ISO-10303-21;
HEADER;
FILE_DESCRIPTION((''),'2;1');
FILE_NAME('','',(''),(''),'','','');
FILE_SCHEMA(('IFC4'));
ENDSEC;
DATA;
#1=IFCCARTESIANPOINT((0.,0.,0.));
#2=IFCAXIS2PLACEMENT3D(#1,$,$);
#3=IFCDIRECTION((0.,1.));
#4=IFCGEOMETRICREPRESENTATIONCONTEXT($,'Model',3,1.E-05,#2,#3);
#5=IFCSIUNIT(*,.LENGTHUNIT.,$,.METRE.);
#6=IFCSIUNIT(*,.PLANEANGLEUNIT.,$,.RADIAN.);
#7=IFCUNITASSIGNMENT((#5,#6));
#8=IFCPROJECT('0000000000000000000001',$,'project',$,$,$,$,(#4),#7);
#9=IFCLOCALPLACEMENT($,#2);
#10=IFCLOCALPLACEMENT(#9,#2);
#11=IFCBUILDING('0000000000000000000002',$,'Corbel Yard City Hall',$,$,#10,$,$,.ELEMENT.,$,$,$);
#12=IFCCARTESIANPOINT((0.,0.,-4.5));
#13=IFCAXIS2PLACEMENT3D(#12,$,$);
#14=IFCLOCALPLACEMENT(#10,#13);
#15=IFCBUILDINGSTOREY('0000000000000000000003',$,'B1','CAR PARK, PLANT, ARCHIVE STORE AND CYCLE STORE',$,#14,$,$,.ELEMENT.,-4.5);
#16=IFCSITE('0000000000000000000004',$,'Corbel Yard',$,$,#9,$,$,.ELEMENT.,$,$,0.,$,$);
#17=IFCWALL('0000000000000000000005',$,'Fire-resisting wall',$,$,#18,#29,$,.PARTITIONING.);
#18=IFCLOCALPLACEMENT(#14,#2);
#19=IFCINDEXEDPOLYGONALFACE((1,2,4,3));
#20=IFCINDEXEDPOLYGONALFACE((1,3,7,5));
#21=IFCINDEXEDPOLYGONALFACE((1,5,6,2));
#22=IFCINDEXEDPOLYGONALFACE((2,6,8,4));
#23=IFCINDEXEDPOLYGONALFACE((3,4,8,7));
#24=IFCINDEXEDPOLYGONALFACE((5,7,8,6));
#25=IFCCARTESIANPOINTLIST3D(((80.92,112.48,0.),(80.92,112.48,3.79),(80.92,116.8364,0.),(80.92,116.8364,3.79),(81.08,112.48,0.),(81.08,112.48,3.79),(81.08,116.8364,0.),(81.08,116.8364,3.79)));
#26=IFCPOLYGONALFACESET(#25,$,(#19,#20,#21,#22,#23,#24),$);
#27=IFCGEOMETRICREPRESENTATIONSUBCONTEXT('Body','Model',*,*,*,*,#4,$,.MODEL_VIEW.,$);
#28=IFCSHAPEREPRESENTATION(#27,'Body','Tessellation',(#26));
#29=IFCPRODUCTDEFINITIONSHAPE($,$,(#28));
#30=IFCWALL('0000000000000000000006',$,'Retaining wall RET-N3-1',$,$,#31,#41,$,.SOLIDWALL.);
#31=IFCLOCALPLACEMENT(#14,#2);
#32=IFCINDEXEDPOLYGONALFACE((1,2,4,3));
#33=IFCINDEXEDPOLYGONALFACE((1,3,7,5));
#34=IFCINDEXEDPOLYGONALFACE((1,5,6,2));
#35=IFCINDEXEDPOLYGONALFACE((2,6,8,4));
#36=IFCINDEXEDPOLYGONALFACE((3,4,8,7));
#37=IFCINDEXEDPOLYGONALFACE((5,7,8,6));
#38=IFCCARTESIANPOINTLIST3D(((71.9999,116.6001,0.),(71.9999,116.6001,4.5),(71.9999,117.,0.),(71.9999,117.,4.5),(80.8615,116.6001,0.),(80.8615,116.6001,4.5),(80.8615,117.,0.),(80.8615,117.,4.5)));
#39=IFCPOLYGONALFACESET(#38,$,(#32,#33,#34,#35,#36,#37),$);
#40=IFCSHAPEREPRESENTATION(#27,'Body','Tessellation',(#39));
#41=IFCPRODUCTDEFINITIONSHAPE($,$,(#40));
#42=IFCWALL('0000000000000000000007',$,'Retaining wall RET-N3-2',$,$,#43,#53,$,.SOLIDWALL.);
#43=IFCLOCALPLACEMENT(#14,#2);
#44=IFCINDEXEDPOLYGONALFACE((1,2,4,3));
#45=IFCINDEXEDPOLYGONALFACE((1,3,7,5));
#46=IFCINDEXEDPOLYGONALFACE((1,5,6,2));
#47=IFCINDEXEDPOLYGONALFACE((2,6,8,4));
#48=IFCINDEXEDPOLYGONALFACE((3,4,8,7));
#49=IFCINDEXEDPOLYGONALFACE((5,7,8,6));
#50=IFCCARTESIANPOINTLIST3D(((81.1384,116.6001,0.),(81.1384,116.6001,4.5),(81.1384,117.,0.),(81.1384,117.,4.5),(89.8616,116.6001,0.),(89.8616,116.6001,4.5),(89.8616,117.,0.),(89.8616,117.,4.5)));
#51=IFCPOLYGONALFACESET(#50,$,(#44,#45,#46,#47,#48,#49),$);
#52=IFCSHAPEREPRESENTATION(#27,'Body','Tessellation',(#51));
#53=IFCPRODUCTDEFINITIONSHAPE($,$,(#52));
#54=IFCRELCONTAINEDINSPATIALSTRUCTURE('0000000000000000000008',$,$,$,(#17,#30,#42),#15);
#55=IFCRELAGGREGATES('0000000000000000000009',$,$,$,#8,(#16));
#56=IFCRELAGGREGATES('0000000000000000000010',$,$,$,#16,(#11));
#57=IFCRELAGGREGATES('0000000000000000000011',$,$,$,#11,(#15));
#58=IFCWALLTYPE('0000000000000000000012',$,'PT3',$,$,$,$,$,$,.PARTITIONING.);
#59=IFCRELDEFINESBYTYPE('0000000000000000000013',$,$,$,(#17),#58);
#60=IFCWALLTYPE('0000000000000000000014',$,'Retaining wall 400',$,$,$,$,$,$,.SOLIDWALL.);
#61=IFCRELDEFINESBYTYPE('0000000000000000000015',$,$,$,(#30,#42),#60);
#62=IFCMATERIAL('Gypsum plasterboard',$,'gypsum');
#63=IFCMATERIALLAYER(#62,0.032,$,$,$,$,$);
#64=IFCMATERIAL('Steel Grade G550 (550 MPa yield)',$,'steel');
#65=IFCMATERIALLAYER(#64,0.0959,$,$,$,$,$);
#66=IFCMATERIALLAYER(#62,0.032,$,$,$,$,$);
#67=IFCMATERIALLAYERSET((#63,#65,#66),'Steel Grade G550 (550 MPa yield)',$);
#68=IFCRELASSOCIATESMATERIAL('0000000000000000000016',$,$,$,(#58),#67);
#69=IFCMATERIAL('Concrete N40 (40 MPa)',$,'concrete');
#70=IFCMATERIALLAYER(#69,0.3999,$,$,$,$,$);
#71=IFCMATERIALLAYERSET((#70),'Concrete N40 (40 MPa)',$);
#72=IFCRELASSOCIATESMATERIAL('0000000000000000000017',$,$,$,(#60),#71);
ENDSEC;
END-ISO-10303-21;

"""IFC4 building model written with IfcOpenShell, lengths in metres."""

from ifc_helpers import new_model, si_unit, direction, frame, frame_2d, origin, place, context, subcontext, project, spatial, rectangle, extrude, material, layer, layer_set, type_object, element, save


model = new_model("IFC4")

# Units and contexts
model_context = context("Model", 3, precision=1e-05, world=origin(), true_north=direction((0.0, 1.0)))
body_context = subcontext(model_context, "Body", "Model", "MODEL_VIEW")
ifc_project = project(units=[si_unit("LENGTHUNIT", "METRE"), si_unit("PLANEANGLEUNIT", "RADIAN")], contexts=[model_context])

# Site, building, storey
site_placement = place(None, origin())
site = spatial("IfcSite", under=ifc_project, at=site_placement, Name="Corbel Yard", CompositionType="ELEMENT", RefElevation=0.0)
building_placement = place(site_placement, origin())
building = spatial("IfcBuilding", under=site, at=building_placement, Name="Corbel Yard City Hall", CompositionType="ELEMENT")
storey_placement = place(building_placement, frame((0.0, 0.0, -4.5)))
storey = spatial("IfcBuildingStorey", under=building, at=storey_placement, Name="B1", Description="CAR PARK, PLANT, ARCHIVE STORE AND CYCLE STORE", CompositionType="ELEMENT", Elevation=-4.5)

# Shared definitions
ifc_material_1 = material(Name="Concrete N40 (40 MPa)", Category="concrete")

# Shared definitions
ifc_material_2 = material(Name="Gypsum plasterboard", Category="gypsum")
ifc_material_3 = material(Name="Steel Grade G550 (550 MPa yield)", Category="steel")

# Shared definitions
ifc_layer_1 = layer(ifc_material_2, 0.032)
ifc_layer_2 = layer(ifc_material_3, 0.0959)
ifc_layer_3 = layer(ifc_material_2, 0.032)
ifc_layer_set_1 = layer_set([ifc_layer_1, ifc_layer_2, ifc_layer_3], Name="Steel Grade G550 (550 MPa yield)")
wall_type_1 = type_object("IfcWallType", Name="PT3", PredefinedType="PARTITIONING", material=ifc_layer_set_1)

# Walls
wall_1_placement = place(storey_placement, frame((81.0, 112.48, 0.0), z_axis=(0.0, 0.0, 1.0), x_axis=(0.0, 1.0, 0.0)))
element("IfcWall", 1, at=wall_1_placement, inside=storey, type_object=wall_type_1, Name="Fire-resisting wall", PredefinedType="PARTITIONING", context=body_context, shape_type="SweptSolid", body=[
    extrude(rectangle(XDim=4.3564, YDim=0.1599, at=frame_2d((2.1782, 0.0))), origin(), (0.0, 0.0, 1.0), 3.79),
])
ifc_layer_4 = layer(ifc_material_1, 0.3999)
ifc_layer_set_2 = layer_set([ifc_layer_4], Name="Concrete N40 (40 MPa)")
wall_type_2 = type_object("IfcWallType", Name="Retaining wall 400", PredefinedType="SOLIDWALL", material=ifc_layer_set_2)
wall_2_placement = place(storey_placement, frame((72.0, 116.8, 0.0), z_axis=(0.0, 0.0, 1.0), x_axis=(1.0, 0.0, 0.0)))
element("IfcWall", 2, at=wall_2_placement, inside=storey, type_object=wall_type_2, Name="Retaining wall RET-N3-1", PredefinedType="SOLIDWALL", context=body_context, shape_type="SweptSolid", body=[
    extrude(rectangle(XDim=8.8616, YDim=0.3999, at=frame_2d((4.4307, 0.0))), origin(), (0.0, 0.0, 1.0), 4.5),
])
wall_3_placement = place(storey_placement, frame((81.1384, 116.8, 0.0), z_axis=(0.0, 0.0, 1.0), x_axis=(1.0, 0.0, 0.0)))
element("IfcWall", 3, at=wall_3_placement, inside=storey, type_object=wall_type_2, Name="Retaining wall RET-N3-2", PredefinedType="SOLIDWALL", context=body_context, shape_type="SweptSolid", body=[
    extrude(rectangle(XDim=8.7231, YDim=0.3999, at=frame_2d((4.3616, 0.0))), origin(), (0.0, 0.0, 1.0), 4.5),
])

save(model, "model.ifc")
